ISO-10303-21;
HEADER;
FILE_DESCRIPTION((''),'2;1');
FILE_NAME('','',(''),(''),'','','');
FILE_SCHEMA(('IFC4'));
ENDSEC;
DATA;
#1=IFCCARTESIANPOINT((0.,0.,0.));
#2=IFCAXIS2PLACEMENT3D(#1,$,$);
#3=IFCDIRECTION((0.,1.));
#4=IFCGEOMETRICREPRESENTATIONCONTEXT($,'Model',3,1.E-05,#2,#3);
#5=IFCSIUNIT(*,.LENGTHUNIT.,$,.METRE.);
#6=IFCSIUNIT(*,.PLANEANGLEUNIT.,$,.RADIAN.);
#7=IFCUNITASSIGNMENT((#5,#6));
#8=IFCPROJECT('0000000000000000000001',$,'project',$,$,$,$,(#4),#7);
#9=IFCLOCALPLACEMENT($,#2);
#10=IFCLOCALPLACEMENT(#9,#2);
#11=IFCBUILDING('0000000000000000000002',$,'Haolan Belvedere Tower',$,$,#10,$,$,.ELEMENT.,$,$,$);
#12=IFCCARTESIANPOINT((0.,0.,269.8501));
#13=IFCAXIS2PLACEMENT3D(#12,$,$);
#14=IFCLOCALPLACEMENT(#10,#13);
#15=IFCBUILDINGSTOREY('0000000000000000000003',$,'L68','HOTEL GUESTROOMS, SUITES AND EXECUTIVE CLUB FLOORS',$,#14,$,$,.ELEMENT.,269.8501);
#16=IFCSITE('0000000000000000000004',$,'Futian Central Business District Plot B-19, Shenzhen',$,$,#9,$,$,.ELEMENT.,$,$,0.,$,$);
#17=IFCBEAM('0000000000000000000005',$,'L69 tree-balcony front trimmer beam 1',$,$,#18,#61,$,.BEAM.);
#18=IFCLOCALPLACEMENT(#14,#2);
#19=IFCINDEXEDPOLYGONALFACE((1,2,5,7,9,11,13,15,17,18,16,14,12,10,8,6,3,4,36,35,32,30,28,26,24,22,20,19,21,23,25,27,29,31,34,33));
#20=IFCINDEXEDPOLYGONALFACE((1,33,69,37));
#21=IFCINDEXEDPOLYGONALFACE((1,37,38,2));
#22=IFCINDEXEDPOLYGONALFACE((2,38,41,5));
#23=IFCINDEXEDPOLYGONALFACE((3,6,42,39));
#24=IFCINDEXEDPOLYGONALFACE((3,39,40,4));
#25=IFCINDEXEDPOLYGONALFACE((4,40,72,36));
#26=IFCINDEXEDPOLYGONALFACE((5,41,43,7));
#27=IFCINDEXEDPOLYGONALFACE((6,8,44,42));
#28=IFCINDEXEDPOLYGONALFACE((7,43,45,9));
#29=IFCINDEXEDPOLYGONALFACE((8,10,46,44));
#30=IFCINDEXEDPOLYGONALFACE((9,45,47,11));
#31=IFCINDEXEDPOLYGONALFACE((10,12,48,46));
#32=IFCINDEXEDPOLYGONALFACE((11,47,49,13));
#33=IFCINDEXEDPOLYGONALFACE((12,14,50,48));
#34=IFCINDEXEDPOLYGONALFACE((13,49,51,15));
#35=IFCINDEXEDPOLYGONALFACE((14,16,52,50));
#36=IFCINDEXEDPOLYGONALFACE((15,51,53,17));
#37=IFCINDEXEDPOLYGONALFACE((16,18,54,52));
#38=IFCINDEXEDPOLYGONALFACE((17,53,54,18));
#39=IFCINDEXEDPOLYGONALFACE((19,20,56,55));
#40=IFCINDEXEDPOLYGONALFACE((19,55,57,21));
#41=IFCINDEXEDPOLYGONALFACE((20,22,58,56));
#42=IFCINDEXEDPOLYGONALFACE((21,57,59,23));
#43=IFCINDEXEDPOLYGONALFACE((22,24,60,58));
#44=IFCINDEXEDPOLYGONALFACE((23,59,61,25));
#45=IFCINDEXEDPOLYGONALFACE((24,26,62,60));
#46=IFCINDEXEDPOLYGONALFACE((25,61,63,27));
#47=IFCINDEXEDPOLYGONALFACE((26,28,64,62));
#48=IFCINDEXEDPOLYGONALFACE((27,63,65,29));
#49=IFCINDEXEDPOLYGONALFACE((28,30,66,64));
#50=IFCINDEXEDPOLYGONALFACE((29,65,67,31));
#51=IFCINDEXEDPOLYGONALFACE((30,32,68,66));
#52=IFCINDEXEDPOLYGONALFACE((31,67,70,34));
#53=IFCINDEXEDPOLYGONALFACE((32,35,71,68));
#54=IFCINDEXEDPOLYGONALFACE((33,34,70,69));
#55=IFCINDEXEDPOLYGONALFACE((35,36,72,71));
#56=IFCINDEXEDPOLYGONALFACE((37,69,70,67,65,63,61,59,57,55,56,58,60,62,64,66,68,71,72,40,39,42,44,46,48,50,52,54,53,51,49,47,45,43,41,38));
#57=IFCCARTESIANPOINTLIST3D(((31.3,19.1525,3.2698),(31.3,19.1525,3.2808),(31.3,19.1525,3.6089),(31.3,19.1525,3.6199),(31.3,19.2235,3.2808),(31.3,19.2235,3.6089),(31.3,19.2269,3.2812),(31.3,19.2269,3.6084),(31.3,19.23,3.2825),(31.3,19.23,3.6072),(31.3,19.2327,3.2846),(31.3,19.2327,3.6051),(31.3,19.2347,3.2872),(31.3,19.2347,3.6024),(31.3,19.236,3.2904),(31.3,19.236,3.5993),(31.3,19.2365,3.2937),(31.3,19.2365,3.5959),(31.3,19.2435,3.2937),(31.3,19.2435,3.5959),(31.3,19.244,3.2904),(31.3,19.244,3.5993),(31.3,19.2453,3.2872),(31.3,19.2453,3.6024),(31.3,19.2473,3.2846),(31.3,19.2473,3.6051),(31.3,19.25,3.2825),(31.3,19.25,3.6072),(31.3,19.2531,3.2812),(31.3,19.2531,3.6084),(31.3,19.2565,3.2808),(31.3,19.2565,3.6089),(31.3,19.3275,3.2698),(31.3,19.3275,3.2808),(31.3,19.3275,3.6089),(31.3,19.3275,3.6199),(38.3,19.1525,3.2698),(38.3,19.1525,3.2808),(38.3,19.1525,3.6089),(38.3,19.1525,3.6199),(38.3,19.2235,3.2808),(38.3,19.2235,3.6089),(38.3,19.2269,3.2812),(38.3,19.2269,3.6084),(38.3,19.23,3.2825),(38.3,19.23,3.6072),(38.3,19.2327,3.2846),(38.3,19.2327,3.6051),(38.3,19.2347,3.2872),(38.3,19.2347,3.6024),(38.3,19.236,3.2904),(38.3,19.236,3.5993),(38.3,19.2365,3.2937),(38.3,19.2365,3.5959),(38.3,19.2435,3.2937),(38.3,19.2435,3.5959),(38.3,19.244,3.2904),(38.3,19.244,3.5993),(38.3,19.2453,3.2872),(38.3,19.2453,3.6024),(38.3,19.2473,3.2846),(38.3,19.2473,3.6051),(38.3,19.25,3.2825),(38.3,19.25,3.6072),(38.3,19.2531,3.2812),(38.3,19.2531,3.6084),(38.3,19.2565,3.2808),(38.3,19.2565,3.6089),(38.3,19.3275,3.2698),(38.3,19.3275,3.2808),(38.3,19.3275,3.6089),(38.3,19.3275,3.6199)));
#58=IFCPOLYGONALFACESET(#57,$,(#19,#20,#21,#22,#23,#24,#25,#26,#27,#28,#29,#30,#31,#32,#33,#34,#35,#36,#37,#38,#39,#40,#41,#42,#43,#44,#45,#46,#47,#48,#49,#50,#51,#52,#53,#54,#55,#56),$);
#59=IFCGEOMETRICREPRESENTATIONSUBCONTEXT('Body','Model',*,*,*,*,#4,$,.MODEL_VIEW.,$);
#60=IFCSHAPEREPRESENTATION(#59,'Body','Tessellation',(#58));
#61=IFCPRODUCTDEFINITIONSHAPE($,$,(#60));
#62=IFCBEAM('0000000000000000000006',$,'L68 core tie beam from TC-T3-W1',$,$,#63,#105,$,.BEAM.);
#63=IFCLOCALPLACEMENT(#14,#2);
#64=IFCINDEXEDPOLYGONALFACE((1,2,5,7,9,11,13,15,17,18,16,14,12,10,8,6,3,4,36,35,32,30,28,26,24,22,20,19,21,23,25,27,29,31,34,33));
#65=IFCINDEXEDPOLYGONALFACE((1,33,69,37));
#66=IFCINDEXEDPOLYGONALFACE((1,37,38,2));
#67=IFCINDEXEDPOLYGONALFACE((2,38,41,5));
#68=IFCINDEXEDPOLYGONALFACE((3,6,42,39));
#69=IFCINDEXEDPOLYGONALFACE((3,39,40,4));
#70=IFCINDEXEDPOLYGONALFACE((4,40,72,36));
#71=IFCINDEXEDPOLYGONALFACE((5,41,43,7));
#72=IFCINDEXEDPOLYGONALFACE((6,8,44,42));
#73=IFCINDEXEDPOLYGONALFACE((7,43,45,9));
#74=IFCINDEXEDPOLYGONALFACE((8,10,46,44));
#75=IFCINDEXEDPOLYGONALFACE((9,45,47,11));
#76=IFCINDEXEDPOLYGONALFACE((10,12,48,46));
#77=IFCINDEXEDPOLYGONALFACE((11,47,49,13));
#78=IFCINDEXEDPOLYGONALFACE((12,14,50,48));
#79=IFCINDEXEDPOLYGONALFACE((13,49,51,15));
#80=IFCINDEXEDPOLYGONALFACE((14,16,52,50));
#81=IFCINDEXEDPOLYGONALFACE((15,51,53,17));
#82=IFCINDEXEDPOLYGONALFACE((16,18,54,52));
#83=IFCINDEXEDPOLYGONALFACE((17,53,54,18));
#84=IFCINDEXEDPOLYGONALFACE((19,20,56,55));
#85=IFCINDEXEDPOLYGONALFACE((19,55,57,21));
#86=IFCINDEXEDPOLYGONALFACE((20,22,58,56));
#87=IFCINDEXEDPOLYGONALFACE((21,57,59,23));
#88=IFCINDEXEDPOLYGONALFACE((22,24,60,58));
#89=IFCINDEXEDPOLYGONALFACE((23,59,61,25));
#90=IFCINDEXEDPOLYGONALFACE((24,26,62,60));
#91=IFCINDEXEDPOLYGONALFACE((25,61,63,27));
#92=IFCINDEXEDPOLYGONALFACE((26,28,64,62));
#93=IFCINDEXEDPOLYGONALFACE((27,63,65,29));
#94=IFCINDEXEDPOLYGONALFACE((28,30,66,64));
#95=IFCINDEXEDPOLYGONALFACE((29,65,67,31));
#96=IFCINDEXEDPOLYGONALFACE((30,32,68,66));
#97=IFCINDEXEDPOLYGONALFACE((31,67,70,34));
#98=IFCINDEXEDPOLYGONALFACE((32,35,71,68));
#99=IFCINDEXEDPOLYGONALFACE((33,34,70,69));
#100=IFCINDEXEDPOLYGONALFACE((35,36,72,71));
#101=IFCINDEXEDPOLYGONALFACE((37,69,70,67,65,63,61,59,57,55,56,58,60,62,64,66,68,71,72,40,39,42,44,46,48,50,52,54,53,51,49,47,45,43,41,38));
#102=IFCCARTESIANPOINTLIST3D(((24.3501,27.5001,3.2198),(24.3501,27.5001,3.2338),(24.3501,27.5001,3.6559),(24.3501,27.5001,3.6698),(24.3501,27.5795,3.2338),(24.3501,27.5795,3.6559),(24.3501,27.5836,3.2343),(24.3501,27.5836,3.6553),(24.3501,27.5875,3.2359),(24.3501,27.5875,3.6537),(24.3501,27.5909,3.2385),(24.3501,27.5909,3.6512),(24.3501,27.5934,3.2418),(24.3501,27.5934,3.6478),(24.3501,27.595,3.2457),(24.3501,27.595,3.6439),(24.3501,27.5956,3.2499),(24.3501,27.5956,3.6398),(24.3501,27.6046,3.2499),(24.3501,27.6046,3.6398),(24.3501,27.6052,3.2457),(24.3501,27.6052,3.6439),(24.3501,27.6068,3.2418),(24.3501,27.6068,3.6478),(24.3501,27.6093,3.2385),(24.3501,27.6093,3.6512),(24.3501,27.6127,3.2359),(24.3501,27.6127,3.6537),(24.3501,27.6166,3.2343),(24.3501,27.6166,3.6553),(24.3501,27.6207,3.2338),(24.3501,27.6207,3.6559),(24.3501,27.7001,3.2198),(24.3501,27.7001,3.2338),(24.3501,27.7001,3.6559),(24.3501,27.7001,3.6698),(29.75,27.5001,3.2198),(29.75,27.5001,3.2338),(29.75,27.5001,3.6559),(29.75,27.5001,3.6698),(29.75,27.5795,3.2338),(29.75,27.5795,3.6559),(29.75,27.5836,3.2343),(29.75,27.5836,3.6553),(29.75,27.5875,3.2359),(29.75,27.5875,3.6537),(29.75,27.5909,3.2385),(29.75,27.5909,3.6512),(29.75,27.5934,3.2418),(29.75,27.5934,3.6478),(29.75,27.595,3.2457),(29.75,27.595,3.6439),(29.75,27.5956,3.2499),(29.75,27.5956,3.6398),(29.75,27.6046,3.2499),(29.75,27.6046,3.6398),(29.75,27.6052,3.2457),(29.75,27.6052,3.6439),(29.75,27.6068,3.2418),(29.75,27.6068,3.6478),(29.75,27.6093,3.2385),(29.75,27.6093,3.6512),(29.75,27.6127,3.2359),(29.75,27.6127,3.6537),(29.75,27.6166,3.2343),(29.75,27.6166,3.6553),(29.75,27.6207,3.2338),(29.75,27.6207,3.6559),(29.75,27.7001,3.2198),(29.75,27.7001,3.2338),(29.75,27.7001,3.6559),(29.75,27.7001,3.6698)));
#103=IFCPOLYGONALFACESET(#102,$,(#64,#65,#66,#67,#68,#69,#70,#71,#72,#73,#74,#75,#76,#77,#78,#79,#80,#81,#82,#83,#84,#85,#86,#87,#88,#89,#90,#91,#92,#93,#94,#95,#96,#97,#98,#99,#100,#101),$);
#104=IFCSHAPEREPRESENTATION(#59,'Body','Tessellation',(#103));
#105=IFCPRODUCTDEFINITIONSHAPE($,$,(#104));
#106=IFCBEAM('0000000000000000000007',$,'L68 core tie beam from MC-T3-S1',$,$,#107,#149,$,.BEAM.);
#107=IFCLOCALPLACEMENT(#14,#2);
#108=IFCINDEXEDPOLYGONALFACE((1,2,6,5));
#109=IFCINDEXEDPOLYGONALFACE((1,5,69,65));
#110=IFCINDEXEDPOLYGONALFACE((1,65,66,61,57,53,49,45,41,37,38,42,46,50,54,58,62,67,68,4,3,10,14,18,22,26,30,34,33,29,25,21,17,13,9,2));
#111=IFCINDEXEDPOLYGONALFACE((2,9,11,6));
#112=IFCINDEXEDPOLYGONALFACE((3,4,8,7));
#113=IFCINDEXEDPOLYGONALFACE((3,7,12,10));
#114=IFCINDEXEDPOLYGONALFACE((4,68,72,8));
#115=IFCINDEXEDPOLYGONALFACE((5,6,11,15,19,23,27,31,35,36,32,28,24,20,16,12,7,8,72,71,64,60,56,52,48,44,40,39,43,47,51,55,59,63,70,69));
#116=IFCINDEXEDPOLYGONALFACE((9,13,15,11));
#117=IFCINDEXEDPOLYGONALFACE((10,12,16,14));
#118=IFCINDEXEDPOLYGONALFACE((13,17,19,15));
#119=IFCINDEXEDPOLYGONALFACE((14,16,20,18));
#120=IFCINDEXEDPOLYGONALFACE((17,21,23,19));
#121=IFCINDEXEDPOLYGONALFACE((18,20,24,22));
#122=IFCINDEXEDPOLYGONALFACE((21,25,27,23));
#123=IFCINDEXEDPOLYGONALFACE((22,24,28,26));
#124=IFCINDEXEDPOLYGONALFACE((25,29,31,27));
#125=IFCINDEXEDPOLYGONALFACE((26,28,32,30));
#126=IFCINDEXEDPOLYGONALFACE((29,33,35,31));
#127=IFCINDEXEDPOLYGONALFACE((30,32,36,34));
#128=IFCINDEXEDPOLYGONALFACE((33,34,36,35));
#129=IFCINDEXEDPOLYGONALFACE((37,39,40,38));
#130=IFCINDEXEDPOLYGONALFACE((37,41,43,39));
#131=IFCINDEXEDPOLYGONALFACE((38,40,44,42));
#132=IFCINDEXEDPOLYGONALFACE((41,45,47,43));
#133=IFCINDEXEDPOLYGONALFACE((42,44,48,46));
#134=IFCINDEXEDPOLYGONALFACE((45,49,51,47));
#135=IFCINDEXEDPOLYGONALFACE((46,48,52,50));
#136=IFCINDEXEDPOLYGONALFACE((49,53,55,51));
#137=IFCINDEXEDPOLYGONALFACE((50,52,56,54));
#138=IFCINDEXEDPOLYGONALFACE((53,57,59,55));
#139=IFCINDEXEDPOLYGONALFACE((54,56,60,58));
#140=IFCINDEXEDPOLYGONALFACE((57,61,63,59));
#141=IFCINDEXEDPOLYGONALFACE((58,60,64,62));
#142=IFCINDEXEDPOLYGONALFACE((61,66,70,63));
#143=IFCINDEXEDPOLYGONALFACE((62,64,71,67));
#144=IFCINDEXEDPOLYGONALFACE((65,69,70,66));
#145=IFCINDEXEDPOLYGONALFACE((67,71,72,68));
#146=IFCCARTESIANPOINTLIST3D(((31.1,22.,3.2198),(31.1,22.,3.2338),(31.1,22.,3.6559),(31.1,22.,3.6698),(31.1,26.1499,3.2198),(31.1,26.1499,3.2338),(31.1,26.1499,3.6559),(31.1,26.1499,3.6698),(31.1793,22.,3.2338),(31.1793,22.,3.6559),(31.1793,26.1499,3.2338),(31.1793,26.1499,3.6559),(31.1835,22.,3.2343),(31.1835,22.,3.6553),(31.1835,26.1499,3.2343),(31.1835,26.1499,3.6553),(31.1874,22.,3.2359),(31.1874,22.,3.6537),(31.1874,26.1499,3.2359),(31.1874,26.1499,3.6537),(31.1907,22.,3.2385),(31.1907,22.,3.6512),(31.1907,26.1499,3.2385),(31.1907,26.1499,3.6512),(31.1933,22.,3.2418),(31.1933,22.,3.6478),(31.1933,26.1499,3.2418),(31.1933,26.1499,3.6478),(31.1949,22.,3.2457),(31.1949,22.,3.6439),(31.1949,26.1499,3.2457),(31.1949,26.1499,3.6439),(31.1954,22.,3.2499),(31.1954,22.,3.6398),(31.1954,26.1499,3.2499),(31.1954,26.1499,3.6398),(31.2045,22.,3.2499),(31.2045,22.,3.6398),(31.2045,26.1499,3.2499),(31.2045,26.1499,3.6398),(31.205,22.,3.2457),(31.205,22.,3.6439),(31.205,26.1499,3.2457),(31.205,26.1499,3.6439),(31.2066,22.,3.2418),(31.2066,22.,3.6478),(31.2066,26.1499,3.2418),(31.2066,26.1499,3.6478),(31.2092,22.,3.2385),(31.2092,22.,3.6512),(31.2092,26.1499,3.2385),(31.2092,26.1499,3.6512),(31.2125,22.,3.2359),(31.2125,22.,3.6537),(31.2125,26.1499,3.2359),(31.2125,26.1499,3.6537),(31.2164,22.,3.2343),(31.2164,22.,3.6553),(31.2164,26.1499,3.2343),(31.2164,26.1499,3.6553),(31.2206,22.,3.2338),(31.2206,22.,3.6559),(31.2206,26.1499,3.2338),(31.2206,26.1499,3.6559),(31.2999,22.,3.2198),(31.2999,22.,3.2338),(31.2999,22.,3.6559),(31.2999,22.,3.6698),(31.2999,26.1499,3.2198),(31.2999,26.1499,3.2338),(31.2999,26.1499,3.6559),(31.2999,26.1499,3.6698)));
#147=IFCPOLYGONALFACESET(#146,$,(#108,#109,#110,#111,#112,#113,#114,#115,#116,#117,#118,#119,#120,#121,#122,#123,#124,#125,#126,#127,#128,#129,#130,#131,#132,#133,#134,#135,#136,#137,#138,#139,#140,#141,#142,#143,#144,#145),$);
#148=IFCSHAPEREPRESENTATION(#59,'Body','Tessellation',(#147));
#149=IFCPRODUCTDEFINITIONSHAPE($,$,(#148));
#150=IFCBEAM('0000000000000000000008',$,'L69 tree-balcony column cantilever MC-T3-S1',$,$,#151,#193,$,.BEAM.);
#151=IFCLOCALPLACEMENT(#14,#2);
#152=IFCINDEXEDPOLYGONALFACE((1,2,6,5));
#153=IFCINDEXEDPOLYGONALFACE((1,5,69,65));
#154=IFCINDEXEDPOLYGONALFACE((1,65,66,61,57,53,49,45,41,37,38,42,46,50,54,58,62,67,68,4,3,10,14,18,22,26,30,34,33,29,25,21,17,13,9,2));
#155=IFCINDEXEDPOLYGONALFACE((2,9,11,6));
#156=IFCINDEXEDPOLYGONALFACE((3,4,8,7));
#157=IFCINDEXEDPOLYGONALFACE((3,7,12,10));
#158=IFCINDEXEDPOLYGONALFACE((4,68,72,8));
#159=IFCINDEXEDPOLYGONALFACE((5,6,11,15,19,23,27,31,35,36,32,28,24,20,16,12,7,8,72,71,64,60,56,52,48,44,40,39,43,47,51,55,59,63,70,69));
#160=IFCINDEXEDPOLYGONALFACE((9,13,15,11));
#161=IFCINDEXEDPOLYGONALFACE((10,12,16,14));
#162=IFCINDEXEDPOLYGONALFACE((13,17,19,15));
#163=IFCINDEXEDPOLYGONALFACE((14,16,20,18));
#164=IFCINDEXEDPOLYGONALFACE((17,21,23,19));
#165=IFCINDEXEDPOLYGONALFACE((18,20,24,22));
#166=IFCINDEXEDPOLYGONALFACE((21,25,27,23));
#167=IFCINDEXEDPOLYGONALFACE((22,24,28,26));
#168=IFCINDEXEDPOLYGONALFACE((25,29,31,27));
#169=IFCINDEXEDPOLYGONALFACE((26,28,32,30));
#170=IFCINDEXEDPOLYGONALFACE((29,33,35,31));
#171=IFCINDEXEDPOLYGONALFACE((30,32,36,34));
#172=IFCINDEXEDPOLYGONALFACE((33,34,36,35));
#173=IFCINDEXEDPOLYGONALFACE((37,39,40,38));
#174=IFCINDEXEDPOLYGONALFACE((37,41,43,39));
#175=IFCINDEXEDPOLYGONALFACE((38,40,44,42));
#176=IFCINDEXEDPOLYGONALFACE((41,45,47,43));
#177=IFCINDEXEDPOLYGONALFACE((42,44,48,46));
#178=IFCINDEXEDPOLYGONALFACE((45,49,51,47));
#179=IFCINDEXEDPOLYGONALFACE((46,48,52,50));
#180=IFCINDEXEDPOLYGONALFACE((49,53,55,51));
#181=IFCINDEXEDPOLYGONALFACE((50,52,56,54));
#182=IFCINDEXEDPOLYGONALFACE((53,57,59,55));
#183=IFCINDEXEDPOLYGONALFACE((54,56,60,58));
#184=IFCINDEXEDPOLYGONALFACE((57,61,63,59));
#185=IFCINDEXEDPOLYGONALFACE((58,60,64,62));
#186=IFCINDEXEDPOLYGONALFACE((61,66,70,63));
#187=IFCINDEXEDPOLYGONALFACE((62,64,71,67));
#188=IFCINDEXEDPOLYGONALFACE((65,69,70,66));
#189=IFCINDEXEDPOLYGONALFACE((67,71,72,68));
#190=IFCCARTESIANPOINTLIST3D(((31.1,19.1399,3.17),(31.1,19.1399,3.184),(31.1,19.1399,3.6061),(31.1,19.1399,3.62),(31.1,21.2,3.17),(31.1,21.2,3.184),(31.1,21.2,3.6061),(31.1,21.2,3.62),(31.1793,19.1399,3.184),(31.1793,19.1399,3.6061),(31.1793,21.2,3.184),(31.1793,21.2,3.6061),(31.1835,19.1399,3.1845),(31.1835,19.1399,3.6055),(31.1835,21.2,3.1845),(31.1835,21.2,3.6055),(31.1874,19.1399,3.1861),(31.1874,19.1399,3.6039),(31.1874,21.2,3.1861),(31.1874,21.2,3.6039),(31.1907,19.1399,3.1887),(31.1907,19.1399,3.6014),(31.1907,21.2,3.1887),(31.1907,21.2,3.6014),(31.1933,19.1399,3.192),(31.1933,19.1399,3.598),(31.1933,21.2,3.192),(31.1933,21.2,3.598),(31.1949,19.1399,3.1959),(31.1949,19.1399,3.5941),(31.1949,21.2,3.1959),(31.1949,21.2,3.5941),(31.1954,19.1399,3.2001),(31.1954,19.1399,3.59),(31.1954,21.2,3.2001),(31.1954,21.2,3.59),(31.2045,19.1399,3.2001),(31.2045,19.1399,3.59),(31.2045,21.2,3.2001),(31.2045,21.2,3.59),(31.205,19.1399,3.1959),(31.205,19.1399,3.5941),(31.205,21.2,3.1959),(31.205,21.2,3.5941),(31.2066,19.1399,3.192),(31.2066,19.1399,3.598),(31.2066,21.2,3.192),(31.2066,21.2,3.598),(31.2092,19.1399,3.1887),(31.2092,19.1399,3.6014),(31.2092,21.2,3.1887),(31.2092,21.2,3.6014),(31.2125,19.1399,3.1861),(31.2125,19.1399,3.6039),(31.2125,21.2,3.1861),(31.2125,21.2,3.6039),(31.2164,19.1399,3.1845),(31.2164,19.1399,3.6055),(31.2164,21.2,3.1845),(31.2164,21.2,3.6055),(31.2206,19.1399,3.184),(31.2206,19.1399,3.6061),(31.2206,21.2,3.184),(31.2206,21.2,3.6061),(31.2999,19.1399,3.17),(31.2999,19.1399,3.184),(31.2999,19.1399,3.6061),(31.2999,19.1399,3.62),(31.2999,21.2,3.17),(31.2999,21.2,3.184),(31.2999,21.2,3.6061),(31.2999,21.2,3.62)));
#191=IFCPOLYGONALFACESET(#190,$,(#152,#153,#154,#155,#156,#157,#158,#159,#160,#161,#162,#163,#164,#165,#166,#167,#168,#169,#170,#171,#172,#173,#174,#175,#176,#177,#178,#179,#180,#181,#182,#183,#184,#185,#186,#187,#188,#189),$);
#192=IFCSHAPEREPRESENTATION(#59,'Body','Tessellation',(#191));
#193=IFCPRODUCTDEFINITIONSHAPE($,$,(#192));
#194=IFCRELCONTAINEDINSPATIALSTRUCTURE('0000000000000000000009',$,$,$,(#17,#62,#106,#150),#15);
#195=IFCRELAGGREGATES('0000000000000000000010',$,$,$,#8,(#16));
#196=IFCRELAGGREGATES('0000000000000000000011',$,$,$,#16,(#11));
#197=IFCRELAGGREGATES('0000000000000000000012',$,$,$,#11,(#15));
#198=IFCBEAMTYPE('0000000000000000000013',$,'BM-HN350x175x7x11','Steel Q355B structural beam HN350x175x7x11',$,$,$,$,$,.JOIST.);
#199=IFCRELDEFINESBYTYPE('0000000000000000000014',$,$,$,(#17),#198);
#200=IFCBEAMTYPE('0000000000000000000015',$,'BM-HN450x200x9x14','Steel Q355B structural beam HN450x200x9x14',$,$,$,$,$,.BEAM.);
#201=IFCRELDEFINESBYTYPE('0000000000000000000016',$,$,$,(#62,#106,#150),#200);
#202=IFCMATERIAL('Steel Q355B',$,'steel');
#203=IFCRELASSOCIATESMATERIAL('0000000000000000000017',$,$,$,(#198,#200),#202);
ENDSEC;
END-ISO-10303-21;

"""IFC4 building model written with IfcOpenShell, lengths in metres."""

from ifc_helpers import new_model, si_unit, direction, frame, origin, origin_2d, place, context, subcontext, project, spatial, i_section, extrude, material, material_profile, profile_set, type_object, element, save


model = new_model("IFC4")

# Units and contexts
model_context = context("Model", 3, precision=1e-05, world=origin(), true_north=direction((0.0, 1.0)))
body_context = subcontext(model_context, "Body", "Model", "MODEL_VIEW")
ifc_project = project(units=[si_unit("LENGTHUNIT", "METRE"), si_unit("PLANEANGLEUNIT", "RADIAN")], contexts=[model_context])

# Site, building, storey
site_placement = place(None, origin())
site = spatial("IfcSite", under=ifc_project, at=site_placement, Name="Futian Central Business District Plot B-19, Shenzhen", CompositionType="ELEMENT", RefElevation=0.0)
building_placement = place(site_placement, origin())
building = spatial("IfcBuilding", under=site, at=building_placement, Name="Haolan Belvedere Tower", CompositionType="ELEMENT")
storey_placement = place(building_placement, frame((0.0, 0.0, 269.8501)))
storey = spatial("IfcBuildingStorey", under=building, at=storey_placement, Name="L68", Description="HOTEL GUESTROOMS, SUITES AND EXECUTIVE CLUB FLOORS", CompositionType="ELEMENT", Elevation=269.8501)

# Beams
ifc_material_1 = material(Name="Steel Q355B", Category="steel")
ifc_material_profile_1 = material_profile(ifc_material_1, i_section(OverallWidth=0.175, OverallDepth=0.3501, WebThickness=0.0071, FlangeThickness=0.011, FilletRadius=0.0129, at=origin_2d()), Name="Steel Q355B")
ifc_profile_set_1 = profile_set([ifc_material_profile_1], Name="Steel Q355B")
beam_type_1 = type_object("IfcBeamType", Name="BM-HN350x175x7x11", Description="Steel Q355B structural beam HN350x175x7x11", PredefinedType="JOIST", material=ifc_profile_set_1)
beam_1_placement = place(storey_placement, frame((31.3, 19.24, 3.4448), z_axis=(1.0, 0.0, 0.0), x_axis=(0.0, 1.0, 0.0)))
element("IfcBeam", 1, at=beam_1_placement, inside=storey, type_object=beam_type_1, Name="L69 tree-balcony front trimmer beam 1", PredefinedType="BEAM", context=body_context, shape_type="SweptSolid", body=[
    extrude(i_section(OverallWidth=0.175, OverallDepth=0.3501, WebThickness=0.0071, FlangeThickness=0.011, FilletRadius=0.0129, at=origin_2d()), origin(), (0.0, 0.0, 1.0), 7.0),
])
ifc_material_profile_2 = material_profile(ifc_material_1, i_section(OverallWidth=0.2, OverallDepth=0.45, WebThickness=0.009, FlangeThickness=0.0139, FilletRadius=0.0161, at=origin_2d()), Name="Steel Q355B")
ifc_profile_set_2 = profile_set([ifc_material_profile_2], Name="Steel Q355B")
beam_type_2 = type_object("IfcBeamType", Name="BM-HN450x200x9x14", Description="Steel Q355B structural beam HN450x200x9x14", PredefinedType="BEAM", material=ifc_profile_set_2)
beam_2_placement = place(storey_placement, frame((24.3501, 27.6001, 3.4448), z_axis=(1.0, 0.0, 0.0), x_axis=(0.0, 1.0, 0.0)))
element("IfcBeam", 2, at=beam_2_placement, inside=storey, type_object=beam_type_2, Name="L68 core tie beam from TC-T3-W1", PredefinedType="BEAM", context=body_context, shape_type="SweptSolid", body=[
    extrude(i_section(OverallWidth=0.2, OverallDepth=0.45, WebThickness=0.009, FlangeThickness=0.0139, FilletRadius=0.0161, at=origin_2d()), origin(), (0.0, 0.0, 1.0), 5.3999),
])
beam_3_placement = place(storey_placement, frame((31.2, 22.0, 3.4448), z_axis=(0.0, 1.0, 0.0), x_axis=(-1.0, 0.0, 0.0)))
element("IfcBeam", 3, at=beam_3_placement, inside=storey, type_object=beam_type_2, Name="L68 core tie beam from MC-T3-S1", PredefinedType="BEAM", context=body_context, shape_type="SweptSolid", body=[
    extrude(i_section(OverallWidth=0.2, OverallDepth=0.45, WebThickness=0.009, FlangeThickness=0.0139, FilletRadius=0.0161, at=origin_2d()), origin(), (0.0, 0.0, 1.0), 4.1499),
])
beam_4_placement = place(storey_placement, frame((31.2, 21.2, 3.395), z_axis=(0.0, -1.0, 0.0), x_axis=(1.0, 0.0, 0.0)))
element("IfcBeam", 4, at=beam_4_placement, inside=storey, type_object=beam_type_2, Name="L69 tree-balcony column cantilever MC-T3-S1", PredefinedType="BEAM", context=body_context, shape_type="SweptSolid", body=[
    extrude(i_section(OverallWidth=0.2, OverallDepth=0.45, WebThickness=0.009, FlangeThickness=0.0139, FilletRadius=0.0161, at=origin_2d()), origin(), (0.0, 0.0, 1.0), 2.0601),
])

save(model, "model.ifc")
